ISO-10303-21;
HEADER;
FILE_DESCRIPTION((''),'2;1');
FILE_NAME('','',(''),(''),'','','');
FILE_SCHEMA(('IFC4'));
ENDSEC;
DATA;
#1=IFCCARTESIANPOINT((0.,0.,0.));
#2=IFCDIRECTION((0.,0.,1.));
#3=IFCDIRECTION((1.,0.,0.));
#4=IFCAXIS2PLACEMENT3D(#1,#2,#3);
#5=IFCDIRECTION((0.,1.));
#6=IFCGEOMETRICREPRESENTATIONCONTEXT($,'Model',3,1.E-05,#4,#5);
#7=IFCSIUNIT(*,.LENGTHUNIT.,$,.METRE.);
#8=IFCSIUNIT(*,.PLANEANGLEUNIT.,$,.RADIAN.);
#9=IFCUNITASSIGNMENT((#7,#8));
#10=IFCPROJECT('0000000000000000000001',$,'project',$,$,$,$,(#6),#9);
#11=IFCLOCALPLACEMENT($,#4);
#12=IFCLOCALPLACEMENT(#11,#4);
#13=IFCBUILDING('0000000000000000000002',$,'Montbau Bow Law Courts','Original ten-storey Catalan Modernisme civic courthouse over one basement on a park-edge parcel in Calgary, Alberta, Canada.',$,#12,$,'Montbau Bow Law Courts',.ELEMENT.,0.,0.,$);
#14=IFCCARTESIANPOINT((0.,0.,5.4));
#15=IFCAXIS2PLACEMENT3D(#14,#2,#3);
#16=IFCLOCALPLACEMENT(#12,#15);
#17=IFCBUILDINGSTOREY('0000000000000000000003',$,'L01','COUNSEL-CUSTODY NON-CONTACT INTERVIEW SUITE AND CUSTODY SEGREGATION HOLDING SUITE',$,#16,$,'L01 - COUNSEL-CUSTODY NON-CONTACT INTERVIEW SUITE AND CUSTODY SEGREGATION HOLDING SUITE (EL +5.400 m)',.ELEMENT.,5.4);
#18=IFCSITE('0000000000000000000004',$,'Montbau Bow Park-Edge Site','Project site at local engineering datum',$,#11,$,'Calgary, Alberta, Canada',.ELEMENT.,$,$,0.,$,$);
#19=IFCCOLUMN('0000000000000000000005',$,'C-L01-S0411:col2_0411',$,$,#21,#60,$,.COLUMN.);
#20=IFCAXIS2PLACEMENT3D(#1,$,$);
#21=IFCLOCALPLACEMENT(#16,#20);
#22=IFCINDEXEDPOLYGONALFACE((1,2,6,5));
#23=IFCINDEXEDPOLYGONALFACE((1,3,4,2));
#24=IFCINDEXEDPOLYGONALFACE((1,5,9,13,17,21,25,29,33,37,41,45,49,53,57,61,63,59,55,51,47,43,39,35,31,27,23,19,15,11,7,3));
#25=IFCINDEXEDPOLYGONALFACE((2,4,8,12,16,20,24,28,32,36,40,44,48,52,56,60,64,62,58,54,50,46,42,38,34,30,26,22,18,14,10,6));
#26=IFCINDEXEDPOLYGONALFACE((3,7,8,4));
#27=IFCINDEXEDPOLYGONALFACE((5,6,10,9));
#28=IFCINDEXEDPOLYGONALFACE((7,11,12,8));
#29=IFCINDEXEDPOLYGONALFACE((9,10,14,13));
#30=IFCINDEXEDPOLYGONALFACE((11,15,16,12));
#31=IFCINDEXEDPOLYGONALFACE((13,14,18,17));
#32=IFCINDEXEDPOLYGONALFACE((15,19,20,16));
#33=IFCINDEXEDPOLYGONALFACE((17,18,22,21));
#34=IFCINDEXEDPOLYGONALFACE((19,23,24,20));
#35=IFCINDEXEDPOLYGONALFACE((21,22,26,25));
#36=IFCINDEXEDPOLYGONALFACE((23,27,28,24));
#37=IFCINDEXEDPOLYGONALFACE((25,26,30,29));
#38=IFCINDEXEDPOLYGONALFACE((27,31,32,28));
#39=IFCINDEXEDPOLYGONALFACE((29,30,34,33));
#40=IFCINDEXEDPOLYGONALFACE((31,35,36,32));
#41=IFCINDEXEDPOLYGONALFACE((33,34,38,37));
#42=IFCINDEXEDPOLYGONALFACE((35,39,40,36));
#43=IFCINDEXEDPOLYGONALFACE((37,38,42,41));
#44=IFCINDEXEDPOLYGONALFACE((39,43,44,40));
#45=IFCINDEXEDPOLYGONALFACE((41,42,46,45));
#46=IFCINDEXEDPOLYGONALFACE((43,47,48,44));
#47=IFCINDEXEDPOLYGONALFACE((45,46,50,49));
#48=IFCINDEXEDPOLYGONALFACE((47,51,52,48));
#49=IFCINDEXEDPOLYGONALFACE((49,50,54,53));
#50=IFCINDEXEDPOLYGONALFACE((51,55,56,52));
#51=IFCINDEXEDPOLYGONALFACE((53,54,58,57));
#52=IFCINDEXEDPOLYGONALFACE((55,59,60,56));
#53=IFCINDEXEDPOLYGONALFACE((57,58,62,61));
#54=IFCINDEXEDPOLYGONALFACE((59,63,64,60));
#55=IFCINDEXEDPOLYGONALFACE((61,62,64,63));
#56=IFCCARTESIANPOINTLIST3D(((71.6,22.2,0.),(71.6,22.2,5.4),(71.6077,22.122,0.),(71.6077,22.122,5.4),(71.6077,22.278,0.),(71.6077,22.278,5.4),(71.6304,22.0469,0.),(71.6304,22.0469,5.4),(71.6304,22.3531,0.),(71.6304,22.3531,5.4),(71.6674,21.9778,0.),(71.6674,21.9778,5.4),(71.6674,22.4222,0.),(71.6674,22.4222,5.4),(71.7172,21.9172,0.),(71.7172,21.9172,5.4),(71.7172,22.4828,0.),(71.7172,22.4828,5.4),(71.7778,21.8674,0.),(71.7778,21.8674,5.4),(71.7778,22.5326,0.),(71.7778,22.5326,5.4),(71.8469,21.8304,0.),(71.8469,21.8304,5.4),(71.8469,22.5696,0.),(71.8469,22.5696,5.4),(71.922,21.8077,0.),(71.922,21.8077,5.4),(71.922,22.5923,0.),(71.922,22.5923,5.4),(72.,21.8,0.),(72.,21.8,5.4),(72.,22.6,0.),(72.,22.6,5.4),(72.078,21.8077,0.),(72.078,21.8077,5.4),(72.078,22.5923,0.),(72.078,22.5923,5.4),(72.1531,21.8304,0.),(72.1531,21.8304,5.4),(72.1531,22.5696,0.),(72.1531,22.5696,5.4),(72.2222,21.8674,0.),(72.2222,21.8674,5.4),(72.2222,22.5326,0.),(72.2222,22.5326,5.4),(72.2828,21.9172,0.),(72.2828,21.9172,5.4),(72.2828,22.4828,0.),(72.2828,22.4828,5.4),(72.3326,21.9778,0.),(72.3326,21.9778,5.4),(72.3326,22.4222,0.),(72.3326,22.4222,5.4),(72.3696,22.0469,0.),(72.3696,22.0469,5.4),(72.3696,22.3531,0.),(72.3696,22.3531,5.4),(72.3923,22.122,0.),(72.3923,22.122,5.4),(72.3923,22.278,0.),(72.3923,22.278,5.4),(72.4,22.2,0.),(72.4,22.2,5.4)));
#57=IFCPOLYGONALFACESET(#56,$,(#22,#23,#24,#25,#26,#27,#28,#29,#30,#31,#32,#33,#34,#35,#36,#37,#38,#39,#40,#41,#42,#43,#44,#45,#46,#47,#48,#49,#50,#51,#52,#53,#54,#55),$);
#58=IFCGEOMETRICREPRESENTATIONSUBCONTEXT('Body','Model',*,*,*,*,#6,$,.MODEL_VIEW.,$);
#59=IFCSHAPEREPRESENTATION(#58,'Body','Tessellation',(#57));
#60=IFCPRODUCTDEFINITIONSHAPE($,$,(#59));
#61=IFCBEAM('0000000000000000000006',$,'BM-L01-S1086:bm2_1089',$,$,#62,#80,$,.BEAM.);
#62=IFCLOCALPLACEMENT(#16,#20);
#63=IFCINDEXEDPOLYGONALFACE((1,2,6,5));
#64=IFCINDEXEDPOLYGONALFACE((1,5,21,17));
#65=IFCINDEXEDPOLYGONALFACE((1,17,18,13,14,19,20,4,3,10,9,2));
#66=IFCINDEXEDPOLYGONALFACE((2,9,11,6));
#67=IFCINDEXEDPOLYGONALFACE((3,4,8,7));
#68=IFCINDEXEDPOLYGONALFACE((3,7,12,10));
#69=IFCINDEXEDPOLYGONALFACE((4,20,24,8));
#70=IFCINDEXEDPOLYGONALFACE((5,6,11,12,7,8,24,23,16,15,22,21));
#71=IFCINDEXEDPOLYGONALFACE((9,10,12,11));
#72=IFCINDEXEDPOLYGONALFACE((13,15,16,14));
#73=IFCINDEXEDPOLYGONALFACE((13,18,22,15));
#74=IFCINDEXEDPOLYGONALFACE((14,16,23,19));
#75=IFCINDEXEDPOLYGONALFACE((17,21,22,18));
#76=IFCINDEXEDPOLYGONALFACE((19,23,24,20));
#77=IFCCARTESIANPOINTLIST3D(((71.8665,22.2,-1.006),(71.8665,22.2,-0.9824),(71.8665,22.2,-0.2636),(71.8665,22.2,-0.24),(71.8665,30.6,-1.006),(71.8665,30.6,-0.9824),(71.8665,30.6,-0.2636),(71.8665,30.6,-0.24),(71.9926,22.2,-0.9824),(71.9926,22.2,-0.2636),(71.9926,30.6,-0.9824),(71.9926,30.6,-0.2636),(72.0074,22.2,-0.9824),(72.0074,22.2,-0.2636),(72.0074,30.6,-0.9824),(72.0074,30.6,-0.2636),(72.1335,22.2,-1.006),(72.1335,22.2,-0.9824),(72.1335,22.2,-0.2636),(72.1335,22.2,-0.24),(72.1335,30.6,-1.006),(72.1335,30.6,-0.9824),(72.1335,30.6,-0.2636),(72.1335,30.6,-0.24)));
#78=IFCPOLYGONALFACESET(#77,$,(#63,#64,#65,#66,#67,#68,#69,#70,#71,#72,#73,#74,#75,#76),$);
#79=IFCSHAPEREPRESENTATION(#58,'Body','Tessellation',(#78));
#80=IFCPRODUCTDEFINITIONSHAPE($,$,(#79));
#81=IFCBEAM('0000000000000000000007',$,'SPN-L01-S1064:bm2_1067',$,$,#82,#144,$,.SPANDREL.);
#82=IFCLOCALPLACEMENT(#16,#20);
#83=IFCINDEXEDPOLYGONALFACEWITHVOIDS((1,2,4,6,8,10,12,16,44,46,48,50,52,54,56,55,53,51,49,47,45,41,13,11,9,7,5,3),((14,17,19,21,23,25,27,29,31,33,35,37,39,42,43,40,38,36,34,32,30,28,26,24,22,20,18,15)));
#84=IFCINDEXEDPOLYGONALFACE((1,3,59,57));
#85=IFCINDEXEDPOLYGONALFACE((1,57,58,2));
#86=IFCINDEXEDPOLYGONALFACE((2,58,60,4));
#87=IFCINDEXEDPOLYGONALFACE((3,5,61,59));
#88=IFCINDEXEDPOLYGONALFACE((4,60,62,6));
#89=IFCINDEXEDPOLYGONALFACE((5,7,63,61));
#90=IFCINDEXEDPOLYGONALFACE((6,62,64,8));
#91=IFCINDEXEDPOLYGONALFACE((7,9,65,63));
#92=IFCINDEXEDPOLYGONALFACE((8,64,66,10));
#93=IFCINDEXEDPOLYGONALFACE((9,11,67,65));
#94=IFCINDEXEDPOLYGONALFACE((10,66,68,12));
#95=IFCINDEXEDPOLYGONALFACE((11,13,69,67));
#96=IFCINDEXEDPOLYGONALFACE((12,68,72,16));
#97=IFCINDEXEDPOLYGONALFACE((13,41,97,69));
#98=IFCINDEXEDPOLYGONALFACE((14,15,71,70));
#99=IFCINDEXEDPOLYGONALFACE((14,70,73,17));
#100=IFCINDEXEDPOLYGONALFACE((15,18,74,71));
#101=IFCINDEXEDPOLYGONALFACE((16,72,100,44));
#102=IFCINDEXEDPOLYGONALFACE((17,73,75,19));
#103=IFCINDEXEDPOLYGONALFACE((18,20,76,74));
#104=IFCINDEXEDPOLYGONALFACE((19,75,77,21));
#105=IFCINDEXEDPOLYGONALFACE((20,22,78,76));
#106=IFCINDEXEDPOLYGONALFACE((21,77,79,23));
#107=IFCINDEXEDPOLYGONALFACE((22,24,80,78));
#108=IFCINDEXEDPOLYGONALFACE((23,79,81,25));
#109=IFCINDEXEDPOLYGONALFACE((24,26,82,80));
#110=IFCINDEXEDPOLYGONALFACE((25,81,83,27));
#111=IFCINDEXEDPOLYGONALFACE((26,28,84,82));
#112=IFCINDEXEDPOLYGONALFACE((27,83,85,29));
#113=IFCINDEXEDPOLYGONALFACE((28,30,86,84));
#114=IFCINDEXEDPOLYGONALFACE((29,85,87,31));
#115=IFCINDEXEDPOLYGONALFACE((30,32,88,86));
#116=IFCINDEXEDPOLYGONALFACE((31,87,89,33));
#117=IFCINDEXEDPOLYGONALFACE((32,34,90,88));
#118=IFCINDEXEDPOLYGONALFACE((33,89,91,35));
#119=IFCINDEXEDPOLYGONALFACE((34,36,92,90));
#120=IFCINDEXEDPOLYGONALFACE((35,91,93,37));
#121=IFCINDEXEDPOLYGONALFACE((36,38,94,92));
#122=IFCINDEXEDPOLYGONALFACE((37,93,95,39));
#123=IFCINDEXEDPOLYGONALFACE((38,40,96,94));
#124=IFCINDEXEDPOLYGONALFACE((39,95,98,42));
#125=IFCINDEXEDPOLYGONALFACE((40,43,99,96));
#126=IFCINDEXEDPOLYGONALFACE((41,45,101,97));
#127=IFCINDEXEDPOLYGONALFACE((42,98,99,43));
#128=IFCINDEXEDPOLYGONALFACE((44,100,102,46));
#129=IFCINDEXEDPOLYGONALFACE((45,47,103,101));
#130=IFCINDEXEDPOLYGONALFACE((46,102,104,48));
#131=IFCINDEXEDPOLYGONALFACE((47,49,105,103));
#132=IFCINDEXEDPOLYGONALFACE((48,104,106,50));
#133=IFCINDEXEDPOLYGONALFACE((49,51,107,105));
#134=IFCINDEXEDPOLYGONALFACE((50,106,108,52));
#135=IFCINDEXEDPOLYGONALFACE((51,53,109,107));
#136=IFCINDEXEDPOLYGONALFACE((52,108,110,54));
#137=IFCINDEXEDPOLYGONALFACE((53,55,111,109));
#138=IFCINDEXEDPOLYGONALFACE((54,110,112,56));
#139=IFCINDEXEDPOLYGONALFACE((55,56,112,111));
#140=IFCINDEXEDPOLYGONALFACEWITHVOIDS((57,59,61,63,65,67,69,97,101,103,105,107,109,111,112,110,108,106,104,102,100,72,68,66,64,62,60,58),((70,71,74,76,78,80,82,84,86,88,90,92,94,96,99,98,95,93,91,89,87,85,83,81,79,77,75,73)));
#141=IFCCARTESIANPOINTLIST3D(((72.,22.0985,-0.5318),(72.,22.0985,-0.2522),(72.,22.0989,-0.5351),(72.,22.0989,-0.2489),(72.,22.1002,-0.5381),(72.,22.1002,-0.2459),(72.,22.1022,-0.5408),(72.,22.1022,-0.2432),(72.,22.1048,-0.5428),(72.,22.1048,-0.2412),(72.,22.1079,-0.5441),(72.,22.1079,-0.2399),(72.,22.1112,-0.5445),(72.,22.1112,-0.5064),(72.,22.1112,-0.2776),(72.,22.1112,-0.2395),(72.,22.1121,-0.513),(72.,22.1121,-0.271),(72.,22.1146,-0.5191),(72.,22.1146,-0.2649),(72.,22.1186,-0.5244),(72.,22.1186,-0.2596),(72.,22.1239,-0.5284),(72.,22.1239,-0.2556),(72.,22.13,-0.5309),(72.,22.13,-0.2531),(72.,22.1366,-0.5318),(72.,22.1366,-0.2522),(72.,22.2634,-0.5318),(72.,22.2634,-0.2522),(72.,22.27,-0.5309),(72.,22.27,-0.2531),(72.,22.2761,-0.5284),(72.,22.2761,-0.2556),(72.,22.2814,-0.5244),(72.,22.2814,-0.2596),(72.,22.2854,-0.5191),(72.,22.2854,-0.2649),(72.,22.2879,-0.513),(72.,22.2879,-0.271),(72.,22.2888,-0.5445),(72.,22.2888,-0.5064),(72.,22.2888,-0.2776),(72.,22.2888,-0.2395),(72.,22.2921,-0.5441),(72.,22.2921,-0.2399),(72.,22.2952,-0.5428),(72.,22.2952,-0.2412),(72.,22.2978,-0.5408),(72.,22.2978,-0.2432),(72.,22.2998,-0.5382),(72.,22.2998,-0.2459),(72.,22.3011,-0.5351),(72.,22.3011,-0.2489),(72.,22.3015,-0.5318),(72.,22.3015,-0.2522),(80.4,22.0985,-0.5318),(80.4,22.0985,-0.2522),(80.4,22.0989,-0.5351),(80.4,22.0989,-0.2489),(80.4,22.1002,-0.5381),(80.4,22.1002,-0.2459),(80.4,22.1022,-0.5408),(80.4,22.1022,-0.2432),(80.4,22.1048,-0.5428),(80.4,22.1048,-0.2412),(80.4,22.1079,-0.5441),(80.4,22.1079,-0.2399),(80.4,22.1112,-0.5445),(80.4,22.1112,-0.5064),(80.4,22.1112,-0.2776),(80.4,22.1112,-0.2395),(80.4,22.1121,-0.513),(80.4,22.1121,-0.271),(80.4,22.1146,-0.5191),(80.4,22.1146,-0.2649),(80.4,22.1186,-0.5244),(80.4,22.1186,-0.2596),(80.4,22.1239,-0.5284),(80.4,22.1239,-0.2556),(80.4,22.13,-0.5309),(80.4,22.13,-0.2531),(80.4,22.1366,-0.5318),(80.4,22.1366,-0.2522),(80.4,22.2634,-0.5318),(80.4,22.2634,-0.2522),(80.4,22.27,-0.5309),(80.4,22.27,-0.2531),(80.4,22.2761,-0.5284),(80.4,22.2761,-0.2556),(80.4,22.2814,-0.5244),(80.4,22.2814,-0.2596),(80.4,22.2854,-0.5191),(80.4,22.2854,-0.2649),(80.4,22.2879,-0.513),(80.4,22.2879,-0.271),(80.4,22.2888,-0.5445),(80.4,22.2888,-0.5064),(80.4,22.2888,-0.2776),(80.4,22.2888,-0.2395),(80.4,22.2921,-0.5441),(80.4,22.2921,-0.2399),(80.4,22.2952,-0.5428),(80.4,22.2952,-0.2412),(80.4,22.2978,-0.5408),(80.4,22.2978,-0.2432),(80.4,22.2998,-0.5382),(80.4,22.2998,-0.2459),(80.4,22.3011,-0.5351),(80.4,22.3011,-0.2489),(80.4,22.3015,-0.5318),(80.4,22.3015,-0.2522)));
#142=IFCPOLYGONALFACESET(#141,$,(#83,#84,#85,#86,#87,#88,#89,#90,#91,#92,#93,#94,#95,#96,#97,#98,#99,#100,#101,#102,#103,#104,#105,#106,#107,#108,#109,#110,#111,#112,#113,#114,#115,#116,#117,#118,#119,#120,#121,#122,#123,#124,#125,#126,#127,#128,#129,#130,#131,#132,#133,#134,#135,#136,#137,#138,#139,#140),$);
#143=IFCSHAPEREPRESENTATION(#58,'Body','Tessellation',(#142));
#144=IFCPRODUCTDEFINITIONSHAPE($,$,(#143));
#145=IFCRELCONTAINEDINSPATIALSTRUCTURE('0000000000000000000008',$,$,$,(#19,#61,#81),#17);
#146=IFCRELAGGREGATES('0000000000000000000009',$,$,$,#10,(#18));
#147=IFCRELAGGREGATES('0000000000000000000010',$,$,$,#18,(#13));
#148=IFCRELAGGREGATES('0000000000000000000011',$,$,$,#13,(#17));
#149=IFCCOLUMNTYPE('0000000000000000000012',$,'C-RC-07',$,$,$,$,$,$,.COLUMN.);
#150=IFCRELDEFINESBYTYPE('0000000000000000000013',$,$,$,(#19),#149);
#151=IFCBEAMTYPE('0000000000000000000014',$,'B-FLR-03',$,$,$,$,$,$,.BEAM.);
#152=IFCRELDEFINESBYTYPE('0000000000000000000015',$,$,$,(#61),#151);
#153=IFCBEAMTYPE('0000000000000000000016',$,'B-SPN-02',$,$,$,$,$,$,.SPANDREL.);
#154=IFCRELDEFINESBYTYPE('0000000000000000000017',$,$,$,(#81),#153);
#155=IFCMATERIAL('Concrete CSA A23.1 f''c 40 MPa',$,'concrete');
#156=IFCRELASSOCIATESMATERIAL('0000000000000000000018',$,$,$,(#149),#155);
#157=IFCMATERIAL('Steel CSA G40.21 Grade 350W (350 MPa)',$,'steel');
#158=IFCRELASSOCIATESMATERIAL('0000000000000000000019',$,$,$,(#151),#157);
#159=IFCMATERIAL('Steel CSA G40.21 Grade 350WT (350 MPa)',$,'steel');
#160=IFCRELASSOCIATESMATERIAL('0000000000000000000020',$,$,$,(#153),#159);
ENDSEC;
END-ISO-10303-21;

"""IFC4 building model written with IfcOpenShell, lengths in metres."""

from ifc_helpers import new_model, si_unit, direction, frame, origin_with_axes, origin_2d_with_axis, place, context, subcontext, project, spatial, hollow_rectangle, circle, i_section, extrude, material, material_profile, profile_set, type_object, element, save


model = new_model("IFC4")

# Units and contexts
model_context = context("Model", 3, precision=1e-05, world=origin_with_axes(), true_north=direction((0.0, 1.0)))
body_context = subcontext(model_context, "Body", "Model", "MODEL_VIEW")
ifc_project = project(units=[si_unit("LENGTHUNIT", "METRE"), si_unit("PLANEANGLEUNIT", "RADIAN")], contexts=[model_context])

# Site, building, storey
site_placement = place(None, origin_with_axes())
site = spatial("IfcSite", under=ifc_project, at=site_placement, Name="Montbau Bow Park-Edge Site", Description="Project site at local engineering datum", LongName="Calgary, Alberta, Canada", CompositionType="ELEMENT", RefElevation=0.0)
building_placement = place(site_placement, origin_with_axes())
building = spatial("IfcBuilding", under=site, at=building_placement, Name="Montbau Bow Law Courts", Description="Original ten-storey Catalan Modernisme civic courthouse over one basement on a park-edge parcel in Calgary, Alberta, Canada.", LongName="Montbau Bow Law Courts", CompositionType="ELEMENT", ElevationOfRefHeight=0.0, ElevationOfTerrain=0.0)
storey_placement = place(building_placement, frame((0.0, 0.0, 5.4), z_axis=(0.0, 0.0, 1.0), x_axis=(1.0, 0.0, 0.0)))
storey = spatial("IfcBuildingStorey", under=building, at=storey_placement, Name="L01", Description="COUNSEL-CUSTODY NON-CONTACT INTERVIEW SUITE AND CUSTODY SEGREGATION HOLDING SUITE", LongName="L01 - COUNSEL-CUSTODY NON-CONTACT INTERVIEW SUITE AND CUSTODY SEGREGATION HOLDING SUITE (EL +5.400 m)", CompositionType="ELEMENT", Elevation=5.4)

# Column
ifc_material_1 = material(Name="Concrete CSA A23.1 f'c 40 MPa", Category="concrete")
ifc_material_profile_1 = material_profile(ifc_material_1, circle(Radius=0.4, at=origin_2d_with_axis()), Name="RC800D", Category="Main", Priority=0)
ifc_profile_set_1 = profile_set([ifc_material_profile_1], Name="Concrete CSA A23.1 f'c 40 MPa")
column_type = type_object("IfcColumnType", Name="C-RC-07", PredefinedType="COLUMN", material=ifc_profile_set_1)
column_placement = place(None, frame((72.0, 22.2, 5.4), z_axis=(0.0, 0.0, 1.0), x_axis=(1.0, 0.0, 0.0)))
element("IfcColumn", 1, at=column_placement, inside=storey, type_object=column_type, Name="C-L01-S0411:col2_0411", PredefinedType="COLUMN", context=body_context, shape_type="SweptSolid", body=[
    extrude(circle(Radius=0.4, at=origin_2d_with_axis()), origin_with_axes(), (0.0, 0.0, 1.0), 5.4),
])

# Beams
ifc_material_2 = material(Name="Steel CSA G40.21 Grade 350W (350 MPa)", Category="steel")
ifc_material_profile_2 = material_profile(ifc_material_2, i_section(OverallWidth=0.267, OverallDepth=0.766, WebThickness=0.0149, FlangeThickness=0.0236, at=origin_2d_with_axis()), Name="W760X185", Category="Main", Priority=0)
ifc_profile_set_2 = profile_set([ifc_material_profile_2], Name="Steel CSA G40.21 Grade 350W (350 MPa)")
beam_type_1 = type_object("IfcBeamType", Name="B-FLR-03", PredefinedType="BEAM", material=ifc_profile_set_2)
beam_1_placement = place(None, frame((72.0, 22.2, 4.777), z_axis=(0.0, 1.0, 0.0), x_axis=(-1.0, 0.0, 0.0)))
element("IfcBeam", 2, at=beam_1_placement, inside=storey, type_object=beam_type_1, Name="BM-L01-S1086:bm2_1089", PredefinedType="BEAM", context=body_context, shape_type="SweptSolid", body=[
    extrude(i_section(OverallWidth=0.267, OverallDepth=0.766, WebThickness=0.0149, FlangeThickness=0.0236, at=origin_2d_with_axis()), origin_with_axes(), (0.0, 0.0, 1.0), 8.4),
])
ifc_material_3 = material(Name="Steel CSA G40.21 Grade 350WT (350 MPa)", Category="steel")
ifc_material_profile_3 = material_profile(ifc_material_3, hollow_rectangle(XDim=0.203, YDim=0.305, WallThickness=0.0127, InnerFilletRadius=0.0254, OuterFilletRadius=0.0127, at=origin_2d_with_axis()), Name="HSS305X203X13", Category="Main", Priority=0)
ifc_profile_set_3 = profile_set([ifc_material_profile_3], Name="Steel CSA G40.21 Grade 350WT (350 MPa)")
beam_type_2 = type_object("IfcBeamType", Name="B-SPN-02", PredefinedType="SPANDREL", material=ifc_profile_set_3)
beam_2_placement = place(None, frame((72.0, 22.2, 5.008), z_axis=(1.0, 0.0, 0.0), x_axis=(0.0, 1.0, 0.0)))
element("IfcBeam", 3, at=beam_2_placement, inside=storey, type_object=beam_type_2, Name="SPN-L01-S1064:bm2_1067", PredefinedType="SPANDREL", context=body_context, shape_type="SweptSolid", body=[
    extrude(hollow_rectangle(XDim=0.203, YDim=0.305, WallThickness=0.0127, InnerFilletRadius=0.0254, OuterFilletRadius=0.0127, at=origin_2d_with_axis()), origin_with_axes(), (0.0, 0.0, 1.0), 8.4),
])

save(model, "model.ifc")
